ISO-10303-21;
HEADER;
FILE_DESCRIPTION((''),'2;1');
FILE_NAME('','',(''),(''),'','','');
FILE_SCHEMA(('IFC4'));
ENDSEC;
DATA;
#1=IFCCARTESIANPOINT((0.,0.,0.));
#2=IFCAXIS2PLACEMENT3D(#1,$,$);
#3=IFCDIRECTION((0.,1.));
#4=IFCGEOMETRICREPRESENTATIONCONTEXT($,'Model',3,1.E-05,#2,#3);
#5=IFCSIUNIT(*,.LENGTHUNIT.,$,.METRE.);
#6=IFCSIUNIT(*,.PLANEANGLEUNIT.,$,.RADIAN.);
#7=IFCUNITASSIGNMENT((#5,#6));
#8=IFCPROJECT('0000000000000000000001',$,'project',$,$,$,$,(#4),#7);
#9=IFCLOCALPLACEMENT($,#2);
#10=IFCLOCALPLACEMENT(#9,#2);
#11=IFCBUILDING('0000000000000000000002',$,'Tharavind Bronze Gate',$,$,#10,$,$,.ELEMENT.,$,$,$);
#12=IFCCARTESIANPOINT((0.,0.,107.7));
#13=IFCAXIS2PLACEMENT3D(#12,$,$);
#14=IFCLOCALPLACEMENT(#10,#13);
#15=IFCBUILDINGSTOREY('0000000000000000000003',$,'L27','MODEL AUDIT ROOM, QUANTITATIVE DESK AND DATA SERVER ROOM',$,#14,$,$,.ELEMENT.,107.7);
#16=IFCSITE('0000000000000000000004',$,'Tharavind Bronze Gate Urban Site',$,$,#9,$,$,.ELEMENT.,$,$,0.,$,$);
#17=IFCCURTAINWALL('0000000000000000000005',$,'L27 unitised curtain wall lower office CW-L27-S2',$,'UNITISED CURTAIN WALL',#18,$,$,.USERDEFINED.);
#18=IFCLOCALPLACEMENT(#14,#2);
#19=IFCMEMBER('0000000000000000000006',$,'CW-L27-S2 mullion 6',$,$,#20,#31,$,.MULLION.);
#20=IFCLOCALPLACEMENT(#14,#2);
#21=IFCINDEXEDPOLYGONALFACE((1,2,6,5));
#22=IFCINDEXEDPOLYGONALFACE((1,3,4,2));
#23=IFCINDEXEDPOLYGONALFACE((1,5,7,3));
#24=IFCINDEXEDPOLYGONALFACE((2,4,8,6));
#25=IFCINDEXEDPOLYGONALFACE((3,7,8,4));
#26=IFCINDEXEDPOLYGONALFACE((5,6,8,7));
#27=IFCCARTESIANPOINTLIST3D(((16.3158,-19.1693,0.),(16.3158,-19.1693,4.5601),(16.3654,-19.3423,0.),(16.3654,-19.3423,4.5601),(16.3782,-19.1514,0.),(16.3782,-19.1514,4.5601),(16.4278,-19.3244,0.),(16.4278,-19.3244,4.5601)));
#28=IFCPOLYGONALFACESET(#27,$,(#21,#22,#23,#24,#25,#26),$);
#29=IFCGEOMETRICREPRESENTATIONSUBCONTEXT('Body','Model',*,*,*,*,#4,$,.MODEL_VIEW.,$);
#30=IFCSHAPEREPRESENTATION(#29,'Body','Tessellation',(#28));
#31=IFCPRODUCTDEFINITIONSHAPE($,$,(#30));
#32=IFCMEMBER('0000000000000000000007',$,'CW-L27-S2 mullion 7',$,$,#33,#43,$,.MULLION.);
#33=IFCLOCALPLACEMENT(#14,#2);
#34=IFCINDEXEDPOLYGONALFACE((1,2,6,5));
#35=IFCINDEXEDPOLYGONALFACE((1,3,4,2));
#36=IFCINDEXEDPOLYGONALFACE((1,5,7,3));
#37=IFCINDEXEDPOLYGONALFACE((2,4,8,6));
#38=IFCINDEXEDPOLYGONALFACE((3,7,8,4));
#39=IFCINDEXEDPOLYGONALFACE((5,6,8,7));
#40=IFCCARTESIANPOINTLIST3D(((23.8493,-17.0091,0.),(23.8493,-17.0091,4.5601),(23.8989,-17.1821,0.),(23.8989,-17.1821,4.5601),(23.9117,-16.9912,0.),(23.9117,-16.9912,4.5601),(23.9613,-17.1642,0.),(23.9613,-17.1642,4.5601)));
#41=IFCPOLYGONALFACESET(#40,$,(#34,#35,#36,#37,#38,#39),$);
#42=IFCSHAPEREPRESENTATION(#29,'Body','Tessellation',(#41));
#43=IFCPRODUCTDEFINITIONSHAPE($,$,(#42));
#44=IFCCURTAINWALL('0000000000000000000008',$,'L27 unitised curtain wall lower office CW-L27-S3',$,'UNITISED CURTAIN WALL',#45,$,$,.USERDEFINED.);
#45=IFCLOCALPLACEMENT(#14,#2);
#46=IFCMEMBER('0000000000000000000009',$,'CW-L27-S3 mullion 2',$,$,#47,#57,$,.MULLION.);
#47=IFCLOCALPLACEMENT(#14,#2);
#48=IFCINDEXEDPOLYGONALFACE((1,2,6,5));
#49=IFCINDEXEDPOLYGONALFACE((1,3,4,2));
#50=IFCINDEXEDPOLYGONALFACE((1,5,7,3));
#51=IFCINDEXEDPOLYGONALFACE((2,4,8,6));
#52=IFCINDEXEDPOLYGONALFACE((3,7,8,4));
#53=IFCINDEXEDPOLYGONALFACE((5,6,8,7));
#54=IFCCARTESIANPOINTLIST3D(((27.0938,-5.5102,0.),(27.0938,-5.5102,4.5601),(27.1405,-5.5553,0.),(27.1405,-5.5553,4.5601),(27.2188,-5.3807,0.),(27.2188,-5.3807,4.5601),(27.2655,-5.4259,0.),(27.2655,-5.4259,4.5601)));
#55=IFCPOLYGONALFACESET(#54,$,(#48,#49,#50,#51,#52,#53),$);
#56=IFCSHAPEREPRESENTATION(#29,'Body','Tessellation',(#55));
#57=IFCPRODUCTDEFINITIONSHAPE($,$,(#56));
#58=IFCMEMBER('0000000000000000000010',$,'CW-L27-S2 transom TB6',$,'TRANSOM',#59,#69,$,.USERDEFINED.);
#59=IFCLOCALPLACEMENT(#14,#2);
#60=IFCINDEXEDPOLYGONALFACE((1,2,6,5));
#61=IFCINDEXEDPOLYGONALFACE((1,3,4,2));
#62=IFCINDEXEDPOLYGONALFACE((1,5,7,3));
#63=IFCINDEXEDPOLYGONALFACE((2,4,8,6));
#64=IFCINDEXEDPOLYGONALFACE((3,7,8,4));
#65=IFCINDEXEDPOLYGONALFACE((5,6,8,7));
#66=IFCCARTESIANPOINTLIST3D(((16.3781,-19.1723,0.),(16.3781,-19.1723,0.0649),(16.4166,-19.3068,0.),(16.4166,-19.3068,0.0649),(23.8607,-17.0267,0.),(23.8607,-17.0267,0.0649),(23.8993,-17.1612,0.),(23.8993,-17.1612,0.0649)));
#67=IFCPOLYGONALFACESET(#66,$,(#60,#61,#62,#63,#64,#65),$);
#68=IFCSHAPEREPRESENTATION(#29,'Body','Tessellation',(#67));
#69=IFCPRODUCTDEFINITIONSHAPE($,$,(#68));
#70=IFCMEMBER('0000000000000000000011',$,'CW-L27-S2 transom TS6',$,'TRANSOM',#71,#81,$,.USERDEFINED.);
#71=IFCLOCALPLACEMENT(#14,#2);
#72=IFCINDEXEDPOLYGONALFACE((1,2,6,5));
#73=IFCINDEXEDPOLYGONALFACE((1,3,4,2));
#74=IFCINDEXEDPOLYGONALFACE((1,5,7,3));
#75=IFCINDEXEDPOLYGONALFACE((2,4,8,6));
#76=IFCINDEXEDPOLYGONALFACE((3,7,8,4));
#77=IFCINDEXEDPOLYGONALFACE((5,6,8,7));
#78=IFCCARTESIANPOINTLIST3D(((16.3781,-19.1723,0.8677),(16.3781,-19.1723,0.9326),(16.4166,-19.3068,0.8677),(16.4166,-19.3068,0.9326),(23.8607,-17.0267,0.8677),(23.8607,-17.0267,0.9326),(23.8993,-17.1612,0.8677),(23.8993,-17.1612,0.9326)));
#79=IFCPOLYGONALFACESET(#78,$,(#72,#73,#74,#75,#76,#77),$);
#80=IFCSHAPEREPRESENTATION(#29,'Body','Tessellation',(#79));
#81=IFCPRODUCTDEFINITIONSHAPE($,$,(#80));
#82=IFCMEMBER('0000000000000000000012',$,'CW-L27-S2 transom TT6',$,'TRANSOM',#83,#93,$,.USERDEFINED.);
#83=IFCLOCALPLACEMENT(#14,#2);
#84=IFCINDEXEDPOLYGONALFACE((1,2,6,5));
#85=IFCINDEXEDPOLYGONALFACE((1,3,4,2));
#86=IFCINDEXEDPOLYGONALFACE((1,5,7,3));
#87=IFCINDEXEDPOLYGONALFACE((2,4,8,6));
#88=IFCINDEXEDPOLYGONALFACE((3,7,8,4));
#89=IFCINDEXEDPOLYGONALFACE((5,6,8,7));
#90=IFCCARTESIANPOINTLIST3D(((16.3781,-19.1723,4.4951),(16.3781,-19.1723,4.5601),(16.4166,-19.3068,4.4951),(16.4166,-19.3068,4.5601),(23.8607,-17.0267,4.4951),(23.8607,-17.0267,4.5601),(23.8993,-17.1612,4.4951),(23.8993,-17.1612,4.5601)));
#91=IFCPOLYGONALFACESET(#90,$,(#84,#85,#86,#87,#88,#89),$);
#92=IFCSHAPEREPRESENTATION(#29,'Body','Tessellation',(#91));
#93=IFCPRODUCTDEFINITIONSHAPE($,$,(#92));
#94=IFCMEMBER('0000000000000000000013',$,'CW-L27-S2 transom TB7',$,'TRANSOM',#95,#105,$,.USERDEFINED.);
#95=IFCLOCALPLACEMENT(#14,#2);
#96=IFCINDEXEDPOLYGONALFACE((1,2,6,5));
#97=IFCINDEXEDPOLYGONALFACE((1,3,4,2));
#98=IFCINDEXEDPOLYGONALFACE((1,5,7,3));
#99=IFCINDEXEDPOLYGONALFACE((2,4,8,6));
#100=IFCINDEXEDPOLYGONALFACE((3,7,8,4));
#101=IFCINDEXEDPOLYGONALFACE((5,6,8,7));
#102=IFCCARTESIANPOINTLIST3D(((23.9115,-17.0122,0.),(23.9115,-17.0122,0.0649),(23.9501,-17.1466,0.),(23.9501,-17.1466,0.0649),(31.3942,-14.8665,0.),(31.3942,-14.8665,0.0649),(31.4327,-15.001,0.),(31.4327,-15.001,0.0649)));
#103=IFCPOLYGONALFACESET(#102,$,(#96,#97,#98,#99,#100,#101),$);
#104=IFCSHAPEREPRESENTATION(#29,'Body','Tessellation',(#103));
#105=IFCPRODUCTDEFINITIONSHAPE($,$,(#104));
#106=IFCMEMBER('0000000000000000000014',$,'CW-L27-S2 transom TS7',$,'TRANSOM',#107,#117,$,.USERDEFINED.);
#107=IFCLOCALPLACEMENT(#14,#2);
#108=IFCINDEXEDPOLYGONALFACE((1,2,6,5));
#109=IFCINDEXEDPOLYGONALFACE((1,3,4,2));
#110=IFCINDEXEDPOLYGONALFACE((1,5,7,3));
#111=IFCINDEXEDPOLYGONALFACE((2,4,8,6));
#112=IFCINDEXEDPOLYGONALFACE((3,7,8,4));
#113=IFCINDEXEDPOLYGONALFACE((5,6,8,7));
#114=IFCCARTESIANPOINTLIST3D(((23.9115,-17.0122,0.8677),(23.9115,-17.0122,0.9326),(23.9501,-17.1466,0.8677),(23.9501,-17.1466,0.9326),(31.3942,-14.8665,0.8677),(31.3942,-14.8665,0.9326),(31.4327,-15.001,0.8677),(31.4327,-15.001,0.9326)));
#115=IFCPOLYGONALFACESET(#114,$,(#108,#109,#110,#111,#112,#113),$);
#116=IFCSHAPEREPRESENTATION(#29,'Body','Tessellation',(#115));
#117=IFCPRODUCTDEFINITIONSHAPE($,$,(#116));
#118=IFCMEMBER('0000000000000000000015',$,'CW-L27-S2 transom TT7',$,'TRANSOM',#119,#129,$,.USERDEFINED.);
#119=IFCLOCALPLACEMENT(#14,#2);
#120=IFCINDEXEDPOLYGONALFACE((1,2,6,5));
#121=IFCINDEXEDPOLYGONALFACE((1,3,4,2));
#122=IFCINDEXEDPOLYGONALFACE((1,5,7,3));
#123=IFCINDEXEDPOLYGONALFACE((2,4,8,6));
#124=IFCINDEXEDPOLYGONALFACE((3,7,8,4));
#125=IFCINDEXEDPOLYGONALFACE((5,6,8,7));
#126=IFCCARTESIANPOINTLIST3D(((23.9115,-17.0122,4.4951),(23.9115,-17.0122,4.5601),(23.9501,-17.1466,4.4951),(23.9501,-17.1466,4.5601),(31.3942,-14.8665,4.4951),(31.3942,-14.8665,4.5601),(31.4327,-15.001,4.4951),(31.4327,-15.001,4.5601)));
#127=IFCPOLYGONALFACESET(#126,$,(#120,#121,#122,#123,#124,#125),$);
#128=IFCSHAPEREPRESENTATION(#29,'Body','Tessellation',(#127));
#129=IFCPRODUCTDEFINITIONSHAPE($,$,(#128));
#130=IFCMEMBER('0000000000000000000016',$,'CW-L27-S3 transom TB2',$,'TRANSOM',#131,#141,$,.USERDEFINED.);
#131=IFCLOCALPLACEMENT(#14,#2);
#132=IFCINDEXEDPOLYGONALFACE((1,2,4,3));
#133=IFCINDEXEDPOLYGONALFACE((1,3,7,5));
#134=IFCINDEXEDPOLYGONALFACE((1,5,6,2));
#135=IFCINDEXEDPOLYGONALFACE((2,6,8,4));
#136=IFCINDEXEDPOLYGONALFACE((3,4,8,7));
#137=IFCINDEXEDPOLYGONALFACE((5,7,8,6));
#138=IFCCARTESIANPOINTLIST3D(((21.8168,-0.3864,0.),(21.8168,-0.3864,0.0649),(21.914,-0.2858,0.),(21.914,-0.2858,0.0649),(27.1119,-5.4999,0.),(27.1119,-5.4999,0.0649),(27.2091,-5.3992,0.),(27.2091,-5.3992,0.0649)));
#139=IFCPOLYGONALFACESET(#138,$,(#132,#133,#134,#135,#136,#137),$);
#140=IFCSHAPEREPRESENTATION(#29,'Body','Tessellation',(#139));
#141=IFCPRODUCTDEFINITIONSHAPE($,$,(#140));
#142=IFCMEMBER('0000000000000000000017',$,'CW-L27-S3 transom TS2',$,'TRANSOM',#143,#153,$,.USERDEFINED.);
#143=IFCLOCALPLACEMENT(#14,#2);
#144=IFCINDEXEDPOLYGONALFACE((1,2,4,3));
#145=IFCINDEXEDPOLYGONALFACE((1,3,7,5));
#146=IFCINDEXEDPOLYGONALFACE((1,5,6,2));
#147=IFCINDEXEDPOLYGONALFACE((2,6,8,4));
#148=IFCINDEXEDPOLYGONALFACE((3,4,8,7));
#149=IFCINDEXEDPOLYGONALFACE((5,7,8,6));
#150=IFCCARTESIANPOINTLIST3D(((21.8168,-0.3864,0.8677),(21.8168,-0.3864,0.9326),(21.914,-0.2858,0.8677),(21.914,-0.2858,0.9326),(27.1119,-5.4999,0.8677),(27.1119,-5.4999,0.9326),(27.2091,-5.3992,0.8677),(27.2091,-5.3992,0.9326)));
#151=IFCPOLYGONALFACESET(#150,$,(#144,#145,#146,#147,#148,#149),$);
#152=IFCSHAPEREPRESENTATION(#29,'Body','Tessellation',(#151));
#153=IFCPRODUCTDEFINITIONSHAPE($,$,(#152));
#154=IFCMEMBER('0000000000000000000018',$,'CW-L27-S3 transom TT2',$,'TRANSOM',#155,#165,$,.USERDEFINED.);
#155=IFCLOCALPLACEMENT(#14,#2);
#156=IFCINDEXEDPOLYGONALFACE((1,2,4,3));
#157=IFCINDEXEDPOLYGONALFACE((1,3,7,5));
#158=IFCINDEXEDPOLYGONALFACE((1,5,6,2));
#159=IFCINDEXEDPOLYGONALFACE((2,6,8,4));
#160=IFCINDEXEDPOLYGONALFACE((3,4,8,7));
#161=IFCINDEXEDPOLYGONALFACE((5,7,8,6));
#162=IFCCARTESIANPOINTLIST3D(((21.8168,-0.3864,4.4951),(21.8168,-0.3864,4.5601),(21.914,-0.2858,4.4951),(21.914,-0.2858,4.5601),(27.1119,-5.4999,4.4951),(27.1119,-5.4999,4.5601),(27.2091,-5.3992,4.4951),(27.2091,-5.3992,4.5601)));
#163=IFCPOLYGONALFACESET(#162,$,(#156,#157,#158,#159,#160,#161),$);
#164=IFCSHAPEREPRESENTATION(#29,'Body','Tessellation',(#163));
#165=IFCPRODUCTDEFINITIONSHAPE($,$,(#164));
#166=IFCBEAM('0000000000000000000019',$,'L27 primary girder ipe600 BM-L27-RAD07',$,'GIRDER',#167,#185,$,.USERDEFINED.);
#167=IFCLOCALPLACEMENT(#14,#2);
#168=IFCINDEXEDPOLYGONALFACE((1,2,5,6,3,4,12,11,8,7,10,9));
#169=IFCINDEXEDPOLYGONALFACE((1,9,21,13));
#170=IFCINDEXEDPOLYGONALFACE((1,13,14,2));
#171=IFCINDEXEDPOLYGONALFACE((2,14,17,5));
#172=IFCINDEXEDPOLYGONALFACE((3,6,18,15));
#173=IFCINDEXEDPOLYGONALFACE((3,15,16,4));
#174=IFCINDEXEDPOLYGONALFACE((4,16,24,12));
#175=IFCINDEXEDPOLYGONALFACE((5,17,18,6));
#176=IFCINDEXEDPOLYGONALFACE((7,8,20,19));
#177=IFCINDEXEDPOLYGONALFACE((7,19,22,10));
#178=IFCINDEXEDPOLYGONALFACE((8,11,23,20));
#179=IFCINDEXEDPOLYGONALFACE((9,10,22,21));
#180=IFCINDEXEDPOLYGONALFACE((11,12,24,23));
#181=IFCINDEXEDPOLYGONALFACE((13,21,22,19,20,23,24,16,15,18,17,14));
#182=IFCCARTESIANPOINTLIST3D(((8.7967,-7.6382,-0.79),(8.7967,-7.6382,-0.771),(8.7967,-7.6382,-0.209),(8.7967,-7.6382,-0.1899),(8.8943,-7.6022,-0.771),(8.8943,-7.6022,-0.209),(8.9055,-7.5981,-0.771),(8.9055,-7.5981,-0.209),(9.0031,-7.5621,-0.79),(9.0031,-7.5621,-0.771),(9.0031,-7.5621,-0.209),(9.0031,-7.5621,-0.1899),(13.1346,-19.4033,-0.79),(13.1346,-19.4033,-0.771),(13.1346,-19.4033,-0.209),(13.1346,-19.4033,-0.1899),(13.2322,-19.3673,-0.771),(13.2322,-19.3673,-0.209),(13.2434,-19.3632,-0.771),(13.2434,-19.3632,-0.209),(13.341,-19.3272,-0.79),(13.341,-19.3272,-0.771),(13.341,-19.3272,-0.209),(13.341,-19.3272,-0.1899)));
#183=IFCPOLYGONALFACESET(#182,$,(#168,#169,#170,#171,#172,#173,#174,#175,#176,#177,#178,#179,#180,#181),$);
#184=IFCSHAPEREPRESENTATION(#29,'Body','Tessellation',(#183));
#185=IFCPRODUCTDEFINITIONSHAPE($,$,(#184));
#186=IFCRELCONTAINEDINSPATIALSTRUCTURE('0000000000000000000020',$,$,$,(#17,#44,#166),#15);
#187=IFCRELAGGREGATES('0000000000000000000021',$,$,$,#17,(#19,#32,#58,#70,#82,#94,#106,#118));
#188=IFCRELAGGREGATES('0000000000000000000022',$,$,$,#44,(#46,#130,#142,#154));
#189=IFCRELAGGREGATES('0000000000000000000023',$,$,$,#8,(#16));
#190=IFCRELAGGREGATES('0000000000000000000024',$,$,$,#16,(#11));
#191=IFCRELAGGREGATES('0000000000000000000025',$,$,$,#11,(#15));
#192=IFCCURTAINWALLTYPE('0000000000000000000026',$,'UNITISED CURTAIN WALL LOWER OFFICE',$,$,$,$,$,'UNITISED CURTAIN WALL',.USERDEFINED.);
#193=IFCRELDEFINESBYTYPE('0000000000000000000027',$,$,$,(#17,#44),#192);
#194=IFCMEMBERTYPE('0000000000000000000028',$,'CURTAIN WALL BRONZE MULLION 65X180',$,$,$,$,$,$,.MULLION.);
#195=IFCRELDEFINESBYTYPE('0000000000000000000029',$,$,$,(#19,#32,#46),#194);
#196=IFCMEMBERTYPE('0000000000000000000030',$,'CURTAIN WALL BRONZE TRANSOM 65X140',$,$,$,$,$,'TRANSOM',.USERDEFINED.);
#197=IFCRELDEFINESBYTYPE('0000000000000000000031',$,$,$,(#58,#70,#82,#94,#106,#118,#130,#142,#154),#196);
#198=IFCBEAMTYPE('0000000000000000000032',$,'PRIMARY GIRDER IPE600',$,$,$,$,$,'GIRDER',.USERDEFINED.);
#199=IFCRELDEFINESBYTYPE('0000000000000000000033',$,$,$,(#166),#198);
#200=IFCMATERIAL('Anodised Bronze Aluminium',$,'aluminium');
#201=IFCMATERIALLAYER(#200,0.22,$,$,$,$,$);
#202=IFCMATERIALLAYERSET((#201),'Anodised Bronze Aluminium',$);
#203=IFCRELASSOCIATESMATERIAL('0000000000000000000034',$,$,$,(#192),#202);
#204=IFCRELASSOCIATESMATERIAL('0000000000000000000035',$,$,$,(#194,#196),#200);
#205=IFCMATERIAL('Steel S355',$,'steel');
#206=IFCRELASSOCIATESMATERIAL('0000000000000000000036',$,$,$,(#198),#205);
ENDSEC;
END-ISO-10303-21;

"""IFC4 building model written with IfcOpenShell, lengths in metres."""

from ifc_helpers import new_model, si_unit, direction, frame, origin, origin_2d, place, context, subcontext, project, spatial, rectangle, i_section, extrude, material, layer, layer_set, material_profile, profile_set, type_object, element, aggregate, save


model = new_model("IFC4")

# Units and contexts
model_context = context("Model", 3, precision=1e-05, world=origin(), true_north=direction((0.0, 1.0)))
body_context = subcontext(model_context, "Body", "Model", "MODEL_VIEW")
ifc_project = project(units=[si_unit("LENGTHUNIT", "METRE"), si_unit("PLANEANGLEUNIT", "RADIAN")], contexts=[model_context])

# Site, building, storey
site_placement = place(None, origin())
site = spatial("IfcSite", under=ifc_project, at=site_placement, Name="Tharavind Bronze Gate Urban Site", CompositionType="ELEMENT", RefElevation=0.0)
building_placement = place(site_placement, origin())
building = spatial("IfcBuilding", under=site, at=building_placement, Name="Tharavind Bronze Gate", CompositionType="ELEMENT")
storey_placement = place(building_placement, frame((0.0, 0.0, 107.7)))
storey = spatial("IfcBuildingStorey", under=building, at=storey_placement, Name="L27", Description="MODEL AUDIT ROOM, QUANTITATIVE DESK AND DATA SERVER ROOM", CompositionType="ELEMENT", Elevation=107.7)

# Curtain wall, members
ifc_material_1 = material(Name="Anodised Bronze Aluminium", Category="aluminium")
ifc_layer_1 = layer(ifc_material_1, 0.22)
ifc_layer_set_1 = layer_set([ifc_layer_1], Name="Anodised Bronze Aluminium")
curtain_wall_type = type_object("IfcCurtainWallType", Name="UNITISED CURTAIN WALL LOWER OFFICE", ElementType="UNITISED CURTAIN WALL", PredefinedType="USERDEFINED", material=ifc_layer_set_1)
curtain_wall_1_placement = place(storey_placement, origin())
curtain_wall_1 = element("IfcCurtainWall", 1, at=curtain_wall_1_placement, inside=storey, type_object=curtain_wall_type, Name="L27 unitised curtain wall lower office CW-L27-S2", ObjectType="UNITISED CURTAIN WALL", PredefinedType="USERDEFINED")
member_type_1 = type_object("IfcMemberType", Name="CURTAIN WALL BRONZE MULLION 65X180", PredefinedType="MULLION", material=ifc_material_1)
member_1_placement = place(storey_placement, frame((16.3718, -19.2468, 0.0), z_axis=(0.0, 0.0, 1.0), x_axis=(0.961262, 0.275637, 0.0)))
member_1 = element("IfcMember", 2, at=member_1_placement, type_object=member_type_1, Name="CW-L27-S2 mullion 6", PredefinedType="MULLION", context=body_context, shape_type="SweptSolid", body=[
    extrude(rectangle(XDim=0.0649, YDim=0.1799, at=origin_2d()), origin(), (0.0, 0.0, 1.0), 4.5601),
])
member_2_placement = place(storey_placement, frame((23.9053, -17.0867, 0.0), z_axis=(0.0, 0.0, 1.0), x_axis=(0.961262, 0.275637, 0.0)))
member_2 = element("IfcMember", 3, at=member_2_placement, type_object=member_type_1, Name="CW-L27-S2 mullion 7", PredefinedType="MULLION", context=body_context, shape_type="SweptSolid", body=[
    extrude(rectangle(XDim=0.0649, YDim=0.1799, at=origin_2d()), origin(), (0.0, 0.0, 1.0), 4.5601),
])

# Curtain wall, member
curtain_wall_2_placement = place(storey_placement, origin())
curtain_wall_2 = element("IfcCurtainWall", 4, at=curtain_wall_2_placement, inside=storey, type_object=curtain_wall_type, Name="L27 unitised curtain wall lower office CW-L27-S3", ObjectType="UNITISED CURTAIN WALL", PredefinedType="USERDEFINED")
member_3_placement = place(storey_placement, frame((27.1797, -5.468, 0.0), z_axis=(0.0, 0.0, 1.0), x_axis=(-0.719341, 0.694657, 0.0)))
member_3 = element("IfcMember", 5, at=member_3_placement, type_object=member_type_1, Name="CW-L27-S3 mullion 2", PredefinedType="MULLION", context=body_context, shape_type="SweptSolid", body=[
    extrude(rectangle(XDim=0.0649, YDim=0.1799, at=origin_2d()), origin(), (0.0, 0.0, 1.0), 4.5601),
])

# Members
member_type_2 = type_object("IfcMemberType", Name="CURTAIN WALL BRONZE TRANSOM 65X140", ElementType="TRANSOM", PredefinedType="USERDEFINED", material=ifc_material_1)
member_4_placement = place(storey_placement, frame((20.1387, -18.1667, 0.0), z_axis=(0.0, 0.0, 1.0), x_axis=(0.961262, 0.275637, 0.0)))
member_4 = element("IfcMember", 6, at=member_4_placement, type_object=member_type_2, Name="CW-L27-S2 transom TB6", ObjectType="TRANSOM", PredefinedType="USERDEFINED", context=body_context, shape_type="SweptSolid", body=[
    extrude(rectangle(XDim=7.7842, YDim=0.1399, at=origin_2d()), origin(), (0.0, 0.0, 1.0), 0.0649),
])
member_5_placement = place(storey_placement, frame((20.1387, -18.1667, 0.8677), z_axis=(0.0, 0.0, 1.0), x_axis=(0.961262, 0.275637, 0.0)))
member_5 = element("IfcMember", 7, at=member_5_placement, type_object=member_type_2, Name="CW-L27-S2 transom TS6", ObjectType="TRANSOM", PredefinedType="USERDEFINED", context=body_context, shape_type="SweptSolid", body=[
    extrude(rectangle(XDim=7.7842, YDim=0.1399, at=origin_2d()), origin(), (0.0, 0.0, 1.0), 0.0649),
])
member_6_placement = place(storey_placement, frame((20.1387, -18.1667, 4.4951), z_axis=(0.0, 0.0, 1.0), x_axis=(0.961262, 0.275637, 0.0)))
member_6 = element("IfcMember", 8, at=member_6_placement, type_object=member_type_2, Name="CW-L27-S2 transom TT6", ObjectType="TRANSOM", PredefinedType="USERDEFINED", context=body_context, shape_type="SweptSolid", body=[
    extrude(rectangle(XDim=7.7842, YDim=0.1399, at=origin_2d()), origin(), (0.0, 0.0, 1.0), 0.0649),
])
member_7_placement = place(storey_placement, frame((27.6721, -16.0066, 0.0), z_axis=(0.0, 0.0, 1.0), x_axis=(0.961262, 0.275637, 0.0)))
member_7 = element("IfcMember", 9, at=member_7_placement, type_object=member_type_2, Name="CW-L27-S2 transom TB7", ObjectType="TRANSOM", PredefinedType="USERDEFINED", context=body_context, shape_type="SweptSolid", body=[
    extrude(rectangle(XDim=7.7842, YDim=0.1399, at=origin_2d()), origin(), (0.0, 0.0, 1.0), 0.0649),
])
member_8_placement = place(storey_placement, frame((27.6721, -16.0066, 0.8677), z_axis=(0.0, 0.0, 1.0), x_axis=(0.961262, 0.275637, 0.0)))
member_8 = element("IfcMember", 10, at=member_8_placement, type_object=member_type_2, Name="CW-L27-S2 transom TS7", ObjectType="TRANSOM", PredefinedType="USERDEFINED", context=body_context, shape_type="SweptSolid", body=[
    extrude(rectangle(XDim=7.7842, YDim=0.1399, at=origin_2d()), origin(), (0.0, 0.0, 1.0), 0.0649),
])
member_9_placement = place(storey_placement, frame((27.6721, -16.0066, 4.4951), z_axis=(0.0, 0.0, 1.0), x_axis=(0.961262, 0.275637, 0.0)))
member_9 = element("IfcMember", 11, at=member_9_placement, type_object=member_type_2, Name="CW-L27-S2 transom TT7", ObjectType="TRANSOM", PredefinedType="USERDEFINED", context=body_context, shape_type="SweptSolid", body=[
    extrude(rectangle(XDim=7.7842, YDim=0.1399, at=origin_2d()), origin(), (0.0, 0.0, 1.0), 0.0649),
])
member_10_placement = place(storey_placement, frame((24.5129, -2.8928, 0.0), z_axis=(0.0, 0.0, 1.0), x_axis=(-0.719341, 0.694657, 0.0)))
member_10 = element("IfcMember", 12, at=member_10_placement, type_object=member_type_2, Name="CW-L27-S3 transom TB2", ObjectType="TRANSOM", PredefinedType="USERDEFINED", context=body_context, shape_type="SweptSolid", body=[
    extrude(rectangle(XDim=7.3611, YDim=0.1399, at=origin_2d()), origin(), (0.0, 0.0, 1.0), 0.0649),
])
member_11_placement = place(storey_placement, frame((24.5129, -2.8928, 0.8677), z_axis=(0.0, 0.0, 1.0), x_axis=(-0.719341, 0.694657, 0.0)))
member_11 = element("IfcMember", 13, at=member_11_placement, type_object=member_type_2, Name="CW-L27-S3 transom TS2", ObjectType="TRANSOM", PredefinedType="USERDEFINED", context=body_context, shape_type="SweptSolid", body=[
    extrude(rectangle(XDim=7.3611, YDim=0.1399, at=origin_2d()), origin(), (0.0, 0.0, 1.0), 0.0649),
])
member_12_placement = place(storey_placement, frame((24.5129, -2.8928, 4.4951), z_axis=(0.0, 0.0, 1.0), x_axis=(-0.719341, 0.694657, 0.0)))
member_12 = element("IfcMember", 14, at=member_12_placement, type_object=member_type_2, Name="CW-L27-S3 transom TT2", ObjectType="TRANSOM", PredefinedType="USERDEFINED", context=body_context, shape_type="SweptSolid", body=[
    extrude(rectangle(XDim=7.3611, YDim=0.1399, at=origin_2d()), origin(), (0.0, 0.0, 1.0), 0.0649),
])

# Beam
ifc_material_2 = material(Name="Steel S355", Category="steel")
ifc_material_profile_1 = material_profile(ifc_material_2, i_section(OverallWidth=0.22, OverallDepth=0.6001, WebThickness=0.012, FlangeThickness=0.019, at=origin_2d()), Name="IPE600")
ifc_profile_set_1 = profile_set([ifc_material_profile_1], Name="Steel S355")
beam_type_1 = type_object("IfcBeamType", Name="PRIMARY GIRDER IPE600", ElementType="GIRDER", PredefinedType="USERDEFINED", material=ifc_profile_set_1)
beam_1_placement = place(storey_placement, frame((13.2378, -19.3652, -0.49), z_axis=(-0.345942, 0.938256, 0.0), x_axis=(-0.938256, -0.345942, 0.0)))
element("IfcBeam", 15, at=beam_1_placement, inside=storey, type_object=beam_type_1, Name="L27 primary girder ipe600 BM-L27-RAD07", ObjectType="GIRDER", PredefinedType="USERDEFINED", context=body_context, shape_type="SweptSolid", body=[
    extrude(i_section(OverallWidth=0.22, OverallDepth=0.6001, WebThickness=0.012, FlangeThickness=0.019, at=origin_2d()), origin(), (0.0, 0.0, 1.0), 12.5393),
])

aggregate(curtain_wall_1, [member_1, member_2, member_4, member_5, member_6, member_7, member_8, member_9])
aggregate(curtain_wall_2, [member_3, member_10, member_11, member_12])

save(model, "model.ifc")
